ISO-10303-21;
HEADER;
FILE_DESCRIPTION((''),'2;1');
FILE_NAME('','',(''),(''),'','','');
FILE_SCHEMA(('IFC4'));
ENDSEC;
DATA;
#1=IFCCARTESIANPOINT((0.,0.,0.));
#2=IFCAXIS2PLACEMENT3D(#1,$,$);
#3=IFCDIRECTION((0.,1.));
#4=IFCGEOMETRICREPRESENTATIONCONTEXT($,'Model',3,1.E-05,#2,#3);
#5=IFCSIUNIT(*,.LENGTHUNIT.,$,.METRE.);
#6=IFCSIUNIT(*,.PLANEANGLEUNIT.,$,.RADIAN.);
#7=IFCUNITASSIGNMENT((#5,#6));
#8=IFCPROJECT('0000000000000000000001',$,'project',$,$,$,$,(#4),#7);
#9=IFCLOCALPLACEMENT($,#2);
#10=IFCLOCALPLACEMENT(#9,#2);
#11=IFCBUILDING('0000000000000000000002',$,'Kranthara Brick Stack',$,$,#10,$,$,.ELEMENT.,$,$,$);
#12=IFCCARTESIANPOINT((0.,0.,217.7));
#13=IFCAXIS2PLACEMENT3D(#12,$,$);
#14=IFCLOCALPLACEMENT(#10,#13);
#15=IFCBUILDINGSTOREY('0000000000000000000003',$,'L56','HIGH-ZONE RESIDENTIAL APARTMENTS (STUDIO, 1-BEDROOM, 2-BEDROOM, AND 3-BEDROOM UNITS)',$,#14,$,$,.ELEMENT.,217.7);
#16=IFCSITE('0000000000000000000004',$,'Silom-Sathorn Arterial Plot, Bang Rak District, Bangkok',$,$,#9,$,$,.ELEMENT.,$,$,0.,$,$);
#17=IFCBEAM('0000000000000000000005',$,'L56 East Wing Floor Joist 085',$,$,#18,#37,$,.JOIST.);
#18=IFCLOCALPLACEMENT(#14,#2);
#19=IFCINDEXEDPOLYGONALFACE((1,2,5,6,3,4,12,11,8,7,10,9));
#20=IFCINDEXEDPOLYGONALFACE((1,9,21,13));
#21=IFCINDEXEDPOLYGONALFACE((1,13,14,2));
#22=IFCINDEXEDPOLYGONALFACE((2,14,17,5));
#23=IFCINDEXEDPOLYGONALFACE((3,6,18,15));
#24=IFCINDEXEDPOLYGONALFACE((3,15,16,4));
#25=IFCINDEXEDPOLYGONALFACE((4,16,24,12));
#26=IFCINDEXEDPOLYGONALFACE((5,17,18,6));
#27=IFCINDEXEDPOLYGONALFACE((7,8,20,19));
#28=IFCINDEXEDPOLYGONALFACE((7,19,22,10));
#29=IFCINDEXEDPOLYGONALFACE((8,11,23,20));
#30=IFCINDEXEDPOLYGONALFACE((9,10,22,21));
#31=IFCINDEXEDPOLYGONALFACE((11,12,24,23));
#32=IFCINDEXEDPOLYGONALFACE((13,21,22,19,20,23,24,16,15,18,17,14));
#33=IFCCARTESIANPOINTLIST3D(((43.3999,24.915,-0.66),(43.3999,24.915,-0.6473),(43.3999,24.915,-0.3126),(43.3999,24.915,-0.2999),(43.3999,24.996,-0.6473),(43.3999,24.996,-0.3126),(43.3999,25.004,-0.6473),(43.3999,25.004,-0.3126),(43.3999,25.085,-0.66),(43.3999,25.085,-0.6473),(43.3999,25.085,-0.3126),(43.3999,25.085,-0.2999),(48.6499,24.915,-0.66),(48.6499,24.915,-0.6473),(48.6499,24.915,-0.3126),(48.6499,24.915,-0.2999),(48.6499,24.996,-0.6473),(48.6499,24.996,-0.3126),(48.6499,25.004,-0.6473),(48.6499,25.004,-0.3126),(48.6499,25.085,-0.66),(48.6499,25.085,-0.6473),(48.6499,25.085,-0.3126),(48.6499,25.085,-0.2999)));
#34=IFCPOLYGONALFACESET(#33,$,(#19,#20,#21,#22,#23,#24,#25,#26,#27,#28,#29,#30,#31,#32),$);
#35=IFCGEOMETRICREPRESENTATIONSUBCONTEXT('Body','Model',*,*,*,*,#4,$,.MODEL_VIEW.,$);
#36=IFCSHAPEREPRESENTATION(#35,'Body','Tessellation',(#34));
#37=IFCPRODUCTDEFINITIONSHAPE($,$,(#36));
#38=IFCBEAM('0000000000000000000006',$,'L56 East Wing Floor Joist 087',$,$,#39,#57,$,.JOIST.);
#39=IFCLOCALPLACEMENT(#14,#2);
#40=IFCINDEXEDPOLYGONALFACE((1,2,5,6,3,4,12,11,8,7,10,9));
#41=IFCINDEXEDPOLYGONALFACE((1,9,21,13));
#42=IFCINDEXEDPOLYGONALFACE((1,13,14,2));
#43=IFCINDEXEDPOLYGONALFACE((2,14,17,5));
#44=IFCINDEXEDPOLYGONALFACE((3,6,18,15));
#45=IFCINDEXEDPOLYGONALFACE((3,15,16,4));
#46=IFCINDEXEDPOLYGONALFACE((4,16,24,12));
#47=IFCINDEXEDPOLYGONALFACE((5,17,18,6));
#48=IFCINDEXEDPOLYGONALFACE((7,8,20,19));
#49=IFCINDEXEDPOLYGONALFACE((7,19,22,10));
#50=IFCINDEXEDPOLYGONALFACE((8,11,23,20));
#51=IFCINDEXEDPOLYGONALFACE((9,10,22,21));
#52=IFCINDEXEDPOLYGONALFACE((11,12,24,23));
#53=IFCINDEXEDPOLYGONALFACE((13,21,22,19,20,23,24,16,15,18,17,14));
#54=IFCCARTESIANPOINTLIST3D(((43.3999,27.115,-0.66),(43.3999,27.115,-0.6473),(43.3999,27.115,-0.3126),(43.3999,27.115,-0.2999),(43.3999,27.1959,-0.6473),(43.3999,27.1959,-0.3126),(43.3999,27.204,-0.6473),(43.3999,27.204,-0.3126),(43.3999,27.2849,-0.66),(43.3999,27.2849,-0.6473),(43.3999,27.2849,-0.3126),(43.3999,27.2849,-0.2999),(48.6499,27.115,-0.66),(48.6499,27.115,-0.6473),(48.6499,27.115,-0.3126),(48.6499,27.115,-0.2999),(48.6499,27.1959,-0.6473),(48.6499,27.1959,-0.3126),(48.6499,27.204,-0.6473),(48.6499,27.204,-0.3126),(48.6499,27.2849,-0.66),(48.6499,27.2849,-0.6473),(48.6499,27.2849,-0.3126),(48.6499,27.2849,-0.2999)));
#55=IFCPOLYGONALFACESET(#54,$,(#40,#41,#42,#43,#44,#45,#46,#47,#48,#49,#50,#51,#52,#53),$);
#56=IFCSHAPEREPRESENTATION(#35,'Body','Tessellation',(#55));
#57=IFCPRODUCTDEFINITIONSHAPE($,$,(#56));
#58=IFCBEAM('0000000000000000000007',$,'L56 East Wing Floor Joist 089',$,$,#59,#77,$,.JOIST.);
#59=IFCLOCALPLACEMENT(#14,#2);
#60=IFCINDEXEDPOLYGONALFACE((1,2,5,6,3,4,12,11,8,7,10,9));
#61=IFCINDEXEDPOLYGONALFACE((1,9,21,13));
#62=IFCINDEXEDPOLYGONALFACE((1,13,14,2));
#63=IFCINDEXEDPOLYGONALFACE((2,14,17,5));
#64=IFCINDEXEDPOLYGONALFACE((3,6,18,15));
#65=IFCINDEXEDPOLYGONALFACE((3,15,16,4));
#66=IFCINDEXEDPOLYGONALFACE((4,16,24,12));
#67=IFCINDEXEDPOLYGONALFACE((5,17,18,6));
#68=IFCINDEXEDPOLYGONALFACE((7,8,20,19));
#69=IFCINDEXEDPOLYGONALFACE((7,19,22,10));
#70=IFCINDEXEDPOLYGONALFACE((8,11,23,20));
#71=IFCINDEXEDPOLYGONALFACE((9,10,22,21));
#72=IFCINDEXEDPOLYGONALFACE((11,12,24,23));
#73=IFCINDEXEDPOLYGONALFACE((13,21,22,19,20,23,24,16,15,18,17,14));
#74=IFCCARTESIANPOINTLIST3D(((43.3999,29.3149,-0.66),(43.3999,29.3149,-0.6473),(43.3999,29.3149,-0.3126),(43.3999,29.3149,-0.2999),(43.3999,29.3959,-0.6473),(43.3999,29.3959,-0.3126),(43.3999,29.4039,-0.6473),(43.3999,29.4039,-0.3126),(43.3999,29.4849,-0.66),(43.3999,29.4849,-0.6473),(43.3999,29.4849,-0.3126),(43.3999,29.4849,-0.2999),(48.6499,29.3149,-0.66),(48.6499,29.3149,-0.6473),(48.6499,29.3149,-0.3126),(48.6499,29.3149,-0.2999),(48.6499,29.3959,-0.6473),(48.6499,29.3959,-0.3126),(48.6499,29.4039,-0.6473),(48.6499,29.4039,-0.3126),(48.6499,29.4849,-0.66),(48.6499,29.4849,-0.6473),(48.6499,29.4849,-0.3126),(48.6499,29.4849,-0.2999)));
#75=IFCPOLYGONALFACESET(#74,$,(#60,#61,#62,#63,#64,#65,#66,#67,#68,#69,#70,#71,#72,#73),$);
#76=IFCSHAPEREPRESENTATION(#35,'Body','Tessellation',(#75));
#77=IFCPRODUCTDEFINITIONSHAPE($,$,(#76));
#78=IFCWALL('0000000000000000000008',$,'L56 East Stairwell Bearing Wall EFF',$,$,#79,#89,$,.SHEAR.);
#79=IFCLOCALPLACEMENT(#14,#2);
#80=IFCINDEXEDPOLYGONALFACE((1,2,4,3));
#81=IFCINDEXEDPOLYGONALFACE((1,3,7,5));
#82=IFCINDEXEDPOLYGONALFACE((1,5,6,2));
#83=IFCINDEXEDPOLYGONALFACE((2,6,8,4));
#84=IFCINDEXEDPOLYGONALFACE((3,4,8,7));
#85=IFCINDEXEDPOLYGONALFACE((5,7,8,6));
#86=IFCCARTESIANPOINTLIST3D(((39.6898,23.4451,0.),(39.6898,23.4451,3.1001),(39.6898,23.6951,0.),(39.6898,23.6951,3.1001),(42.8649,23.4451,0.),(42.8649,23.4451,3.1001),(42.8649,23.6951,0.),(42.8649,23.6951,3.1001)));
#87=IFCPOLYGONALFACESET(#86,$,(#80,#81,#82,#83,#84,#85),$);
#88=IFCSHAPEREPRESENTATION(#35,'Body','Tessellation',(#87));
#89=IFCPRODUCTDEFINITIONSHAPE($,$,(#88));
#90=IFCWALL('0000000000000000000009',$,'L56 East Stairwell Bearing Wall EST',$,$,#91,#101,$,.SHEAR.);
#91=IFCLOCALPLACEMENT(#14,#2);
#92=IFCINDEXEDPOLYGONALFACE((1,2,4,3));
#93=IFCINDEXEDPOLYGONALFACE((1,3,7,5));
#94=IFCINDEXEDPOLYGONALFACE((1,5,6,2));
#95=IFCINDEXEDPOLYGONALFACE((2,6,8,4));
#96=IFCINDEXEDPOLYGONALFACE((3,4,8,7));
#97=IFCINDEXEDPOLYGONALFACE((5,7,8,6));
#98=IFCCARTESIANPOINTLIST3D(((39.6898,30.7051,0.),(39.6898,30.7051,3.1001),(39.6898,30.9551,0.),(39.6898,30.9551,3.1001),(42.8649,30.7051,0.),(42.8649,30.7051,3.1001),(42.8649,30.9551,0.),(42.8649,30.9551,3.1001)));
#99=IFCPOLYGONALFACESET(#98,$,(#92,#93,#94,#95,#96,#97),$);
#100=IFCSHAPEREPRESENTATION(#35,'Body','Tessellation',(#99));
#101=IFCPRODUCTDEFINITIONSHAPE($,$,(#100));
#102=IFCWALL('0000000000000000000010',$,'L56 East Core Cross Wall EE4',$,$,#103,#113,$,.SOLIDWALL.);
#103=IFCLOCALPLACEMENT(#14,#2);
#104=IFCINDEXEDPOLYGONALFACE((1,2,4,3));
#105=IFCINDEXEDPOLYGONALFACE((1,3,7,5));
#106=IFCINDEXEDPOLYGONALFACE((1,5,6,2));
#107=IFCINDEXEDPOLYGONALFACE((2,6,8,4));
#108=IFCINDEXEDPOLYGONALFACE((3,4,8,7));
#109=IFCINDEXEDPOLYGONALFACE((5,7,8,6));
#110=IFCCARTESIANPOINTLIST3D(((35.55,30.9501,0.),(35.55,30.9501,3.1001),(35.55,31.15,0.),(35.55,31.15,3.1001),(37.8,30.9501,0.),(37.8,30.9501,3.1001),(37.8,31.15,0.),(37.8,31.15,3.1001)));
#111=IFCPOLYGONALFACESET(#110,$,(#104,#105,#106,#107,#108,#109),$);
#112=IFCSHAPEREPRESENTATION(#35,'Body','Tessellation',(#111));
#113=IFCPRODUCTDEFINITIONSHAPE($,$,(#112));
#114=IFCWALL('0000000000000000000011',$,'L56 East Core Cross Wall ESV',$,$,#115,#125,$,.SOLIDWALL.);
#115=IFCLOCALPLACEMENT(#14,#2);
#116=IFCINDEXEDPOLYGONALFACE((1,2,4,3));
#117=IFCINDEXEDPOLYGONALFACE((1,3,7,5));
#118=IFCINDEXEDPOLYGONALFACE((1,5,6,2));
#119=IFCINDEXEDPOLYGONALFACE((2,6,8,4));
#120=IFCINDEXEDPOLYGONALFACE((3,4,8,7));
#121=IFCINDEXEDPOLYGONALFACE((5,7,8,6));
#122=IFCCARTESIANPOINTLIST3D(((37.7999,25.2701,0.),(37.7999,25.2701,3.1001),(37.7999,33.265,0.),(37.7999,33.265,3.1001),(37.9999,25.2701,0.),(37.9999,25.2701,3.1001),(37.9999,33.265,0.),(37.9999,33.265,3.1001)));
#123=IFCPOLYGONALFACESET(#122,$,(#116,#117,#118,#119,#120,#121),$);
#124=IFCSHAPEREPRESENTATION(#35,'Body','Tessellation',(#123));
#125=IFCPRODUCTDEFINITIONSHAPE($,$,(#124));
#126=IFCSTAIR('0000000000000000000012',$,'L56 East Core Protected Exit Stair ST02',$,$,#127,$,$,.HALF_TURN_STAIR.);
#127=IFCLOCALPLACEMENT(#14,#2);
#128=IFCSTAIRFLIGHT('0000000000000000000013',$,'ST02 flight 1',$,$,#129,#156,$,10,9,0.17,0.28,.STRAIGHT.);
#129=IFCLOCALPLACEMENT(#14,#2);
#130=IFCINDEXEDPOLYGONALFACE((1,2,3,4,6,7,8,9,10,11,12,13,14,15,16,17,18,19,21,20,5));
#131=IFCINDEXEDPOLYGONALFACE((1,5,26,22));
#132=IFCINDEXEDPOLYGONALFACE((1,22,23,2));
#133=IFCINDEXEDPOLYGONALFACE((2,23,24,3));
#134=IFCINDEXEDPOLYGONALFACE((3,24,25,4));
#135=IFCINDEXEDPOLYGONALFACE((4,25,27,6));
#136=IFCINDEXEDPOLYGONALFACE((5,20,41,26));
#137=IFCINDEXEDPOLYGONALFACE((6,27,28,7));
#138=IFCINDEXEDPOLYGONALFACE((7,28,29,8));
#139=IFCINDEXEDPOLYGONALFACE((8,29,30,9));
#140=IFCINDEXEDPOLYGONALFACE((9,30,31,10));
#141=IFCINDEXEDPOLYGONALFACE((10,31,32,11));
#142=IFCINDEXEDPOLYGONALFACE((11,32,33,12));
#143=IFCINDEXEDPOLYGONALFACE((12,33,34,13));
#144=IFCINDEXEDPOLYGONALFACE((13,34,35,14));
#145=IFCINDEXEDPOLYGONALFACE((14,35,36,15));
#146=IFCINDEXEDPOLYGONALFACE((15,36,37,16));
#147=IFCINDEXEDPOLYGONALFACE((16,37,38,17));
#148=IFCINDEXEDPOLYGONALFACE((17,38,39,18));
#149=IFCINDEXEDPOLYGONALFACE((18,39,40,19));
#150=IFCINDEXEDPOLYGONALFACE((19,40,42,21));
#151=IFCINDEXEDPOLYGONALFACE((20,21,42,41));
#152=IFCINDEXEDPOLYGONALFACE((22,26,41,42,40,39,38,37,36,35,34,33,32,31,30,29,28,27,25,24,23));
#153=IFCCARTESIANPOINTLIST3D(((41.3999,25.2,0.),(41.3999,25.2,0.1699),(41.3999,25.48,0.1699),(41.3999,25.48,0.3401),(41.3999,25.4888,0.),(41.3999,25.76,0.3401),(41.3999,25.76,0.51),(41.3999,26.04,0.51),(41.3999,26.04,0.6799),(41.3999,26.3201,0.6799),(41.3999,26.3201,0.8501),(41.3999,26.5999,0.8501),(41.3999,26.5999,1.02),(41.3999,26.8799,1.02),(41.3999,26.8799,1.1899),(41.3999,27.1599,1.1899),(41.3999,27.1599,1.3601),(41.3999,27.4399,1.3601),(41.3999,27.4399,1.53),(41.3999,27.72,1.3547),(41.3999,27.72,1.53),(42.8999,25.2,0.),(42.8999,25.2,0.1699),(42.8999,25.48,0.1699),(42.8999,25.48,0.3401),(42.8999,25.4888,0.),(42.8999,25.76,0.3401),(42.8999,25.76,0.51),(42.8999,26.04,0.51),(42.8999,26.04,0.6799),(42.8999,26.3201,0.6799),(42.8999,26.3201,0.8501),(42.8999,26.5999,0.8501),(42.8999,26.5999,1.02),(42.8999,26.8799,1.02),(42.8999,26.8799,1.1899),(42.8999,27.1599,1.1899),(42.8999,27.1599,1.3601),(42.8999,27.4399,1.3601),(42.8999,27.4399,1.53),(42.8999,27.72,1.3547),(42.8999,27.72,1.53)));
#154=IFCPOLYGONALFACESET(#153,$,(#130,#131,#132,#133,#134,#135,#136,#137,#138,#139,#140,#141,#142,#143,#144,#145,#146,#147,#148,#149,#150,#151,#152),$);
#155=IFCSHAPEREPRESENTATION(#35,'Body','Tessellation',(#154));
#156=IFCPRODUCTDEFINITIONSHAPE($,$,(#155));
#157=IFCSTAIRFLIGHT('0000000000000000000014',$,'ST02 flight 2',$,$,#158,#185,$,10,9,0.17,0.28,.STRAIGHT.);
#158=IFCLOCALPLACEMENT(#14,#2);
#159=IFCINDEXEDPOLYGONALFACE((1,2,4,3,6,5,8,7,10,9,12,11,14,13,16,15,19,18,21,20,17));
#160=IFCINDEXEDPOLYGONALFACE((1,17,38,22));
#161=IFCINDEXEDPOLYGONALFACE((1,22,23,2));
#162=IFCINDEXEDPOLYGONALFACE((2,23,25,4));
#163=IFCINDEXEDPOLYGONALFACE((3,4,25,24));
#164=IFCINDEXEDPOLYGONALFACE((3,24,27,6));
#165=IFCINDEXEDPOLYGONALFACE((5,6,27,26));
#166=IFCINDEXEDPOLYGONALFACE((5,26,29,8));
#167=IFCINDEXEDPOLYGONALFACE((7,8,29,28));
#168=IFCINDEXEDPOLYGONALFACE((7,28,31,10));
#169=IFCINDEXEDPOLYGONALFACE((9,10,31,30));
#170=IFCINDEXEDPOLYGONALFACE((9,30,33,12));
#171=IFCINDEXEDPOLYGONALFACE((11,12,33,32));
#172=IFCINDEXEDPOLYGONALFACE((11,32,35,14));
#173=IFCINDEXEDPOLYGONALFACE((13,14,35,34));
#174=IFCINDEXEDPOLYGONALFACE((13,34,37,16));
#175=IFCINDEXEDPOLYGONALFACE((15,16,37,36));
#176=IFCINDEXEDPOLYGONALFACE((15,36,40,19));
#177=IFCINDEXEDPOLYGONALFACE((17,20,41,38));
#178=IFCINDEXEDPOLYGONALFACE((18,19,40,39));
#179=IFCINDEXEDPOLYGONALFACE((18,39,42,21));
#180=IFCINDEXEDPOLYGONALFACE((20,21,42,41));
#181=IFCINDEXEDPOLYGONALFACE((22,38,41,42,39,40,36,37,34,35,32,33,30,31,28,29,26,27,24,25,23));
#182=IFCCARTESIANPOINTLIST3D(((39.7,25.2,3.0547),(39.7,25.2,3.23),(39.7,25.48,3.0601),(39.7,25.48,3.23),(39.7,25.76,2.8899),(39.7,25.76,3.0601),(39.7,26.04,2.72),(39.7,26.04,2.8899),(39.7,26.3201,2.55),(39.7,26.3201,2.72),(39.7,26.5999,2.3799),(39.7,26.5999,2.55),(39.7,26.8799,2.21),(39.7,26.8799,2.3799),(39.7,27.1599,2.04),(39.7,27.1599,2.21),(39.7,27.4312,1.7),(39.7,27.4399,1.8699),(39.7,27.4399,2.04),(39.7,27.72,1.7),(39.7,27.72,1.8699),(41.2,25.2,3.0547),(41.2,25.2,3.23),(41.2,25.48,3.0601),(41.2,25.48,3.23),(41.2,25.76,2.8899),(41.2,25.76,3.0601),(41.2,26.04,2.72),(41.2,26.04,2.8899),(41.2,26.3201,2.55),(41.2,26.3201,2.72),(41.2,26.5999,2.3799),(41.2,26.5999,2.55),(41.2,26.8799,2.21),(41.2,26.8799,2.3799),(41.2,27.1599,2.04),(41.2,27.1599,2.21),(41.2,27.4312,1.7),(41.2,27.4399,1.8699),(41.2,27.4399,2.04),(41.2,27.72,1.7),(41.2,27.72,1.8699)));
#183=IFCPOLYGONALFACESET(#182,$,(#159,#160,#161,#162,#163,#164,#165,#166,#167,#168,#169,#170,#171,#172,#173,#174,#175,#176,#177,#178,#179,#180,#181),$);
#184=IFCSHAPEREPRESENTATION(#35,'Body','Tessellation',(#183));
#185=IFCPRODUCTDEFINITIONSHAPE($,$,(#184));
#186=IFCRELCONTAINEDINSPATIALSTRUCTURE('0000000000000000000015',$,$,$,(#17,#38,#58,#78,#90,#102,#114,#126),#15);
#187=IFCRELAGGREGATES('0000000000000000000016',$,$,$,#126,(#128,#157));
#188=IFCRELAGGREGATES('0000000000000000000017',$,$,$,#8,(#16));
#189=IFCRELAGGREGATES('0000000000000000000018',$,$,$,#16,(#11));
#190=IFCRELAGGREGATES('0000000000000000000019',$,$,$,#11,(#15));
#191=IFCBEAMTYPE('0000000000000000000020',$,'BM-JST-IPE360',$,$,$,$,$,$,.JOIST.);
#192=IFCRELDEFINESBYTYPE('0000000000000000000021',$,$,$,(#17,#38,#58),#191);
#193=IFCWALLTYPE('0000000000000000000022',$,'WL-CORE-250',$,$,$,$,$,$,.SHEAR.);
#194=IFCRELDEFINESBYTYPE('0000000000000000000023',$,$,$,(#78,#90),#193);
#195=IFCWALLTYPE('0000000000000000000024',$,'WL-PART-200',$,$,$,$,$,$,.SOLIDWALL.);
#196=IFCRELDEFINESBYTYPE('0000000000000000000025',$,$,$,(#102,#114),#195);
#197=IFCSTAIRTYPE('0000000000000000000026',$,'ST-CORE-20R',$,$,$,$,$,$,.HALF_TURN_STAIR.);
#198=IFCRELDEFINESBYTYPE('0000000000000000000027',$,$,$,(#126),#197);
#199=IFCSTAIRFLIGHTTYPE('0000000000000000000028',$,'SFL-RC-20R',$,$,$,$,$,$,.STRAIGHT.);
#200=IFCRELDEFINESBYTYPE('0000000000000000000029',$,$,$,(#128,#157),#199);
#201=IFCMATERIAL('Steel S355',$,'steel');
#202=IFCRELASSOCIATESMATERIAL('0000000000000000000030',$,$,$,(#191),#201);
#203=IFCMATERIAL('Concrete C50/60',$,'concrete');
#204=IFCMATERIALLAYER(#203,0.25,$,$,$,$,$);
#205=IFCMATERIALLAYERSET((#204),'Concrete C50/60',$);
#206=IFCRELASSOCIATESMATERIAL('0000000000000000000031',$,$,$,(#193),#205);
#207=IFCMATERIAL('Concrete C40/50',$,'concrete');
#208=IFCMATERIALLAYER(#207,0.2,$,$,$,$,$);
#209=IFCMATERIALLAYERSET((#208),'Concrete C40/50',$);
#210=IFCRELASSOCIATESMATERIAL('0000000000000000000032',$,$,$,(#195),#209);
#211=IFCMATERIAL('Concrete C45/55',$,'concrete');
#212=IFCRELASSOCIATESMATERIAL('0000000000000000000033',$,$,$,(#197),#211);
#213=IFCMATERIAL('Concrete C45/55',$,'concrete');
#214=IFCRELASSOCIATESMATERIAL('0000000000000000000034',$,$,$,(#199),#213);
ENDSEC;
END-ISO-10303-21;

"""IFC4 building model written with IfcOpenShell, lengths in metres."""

from ifc_helpers import new_model, si_unit, direction, frame, frame_2d, origin, origin_2d, place, context, subcontext, project, spatial, polyline, rectangle, i_section, outline, extrude, material, layer, layer_set, material_profile, profile_set, type_object, element, aggregate, save


model = new_model("IFC4")

# Units and contexts
model_context = context("Model", 3, precision=1e-05, world=origin(), true_north=direction((0.0, 1.0)))
body_context = subcontext(model_context, "Body", "Model", "MODEL_VIEW")
ifc_project = project(units=[si_unit("LENGTHUNIT", "METRE"), si_unit("PLANEANGLEUNIT", "RADIAN")], contexts=[model_context])

# Site, building, storey
site_placement = place(None, origin())
site = spatial("IfcSite", under=ifc_project, at=site_placement, Name="Silom-Sathorn Arterial Plot, Bang Rak District, Bangkok", CompositionType="ELEMENT", RefElevation=0.0)
building_placement = place(site_placement, origin())
building = spatial("IfcBuilding", under=site, at=building_placement, Name="Kranthara Brick Stack", CompositionType="ELEMENT")
storey_placement = place(building_placement, frame((0.0, 0.0, 217.7)))
storey = spatial("IfcBuildingStorey", under=building, at=storey_placement, Name="L56", Description="HIGH-ZONE RESIDENTIAL APARTMENTS (STUDIO, 1-BEDROOM, 2-BEDROOM, AND 3-BEDROOM UNITS)", CompositionType="ELEMENT", Elevation=217.7)

# Beams
ifc_material_1 = material(Name="Steel S355", Category="steel")
ifc_material_profile = material_profile(ifc_material_1, i_section(OverallWidth=0.1699, OverallDepth=0.3601, WebThickness=0.0081, FlangeThickness=0.0127, at=origin_2d()), Name="IPE 360")
ifc_profile_set = profile_set([ifc_material_profile], Name="Steel S355")
beam_type = type_object("IfcBeamType", Name="BM-JST-IPE360", PredefinedType="JOIST", material=ifc_profile_set)
for number, where, z_axis, x_axis, name in (
    (1, (43.3999, 25.0, -0.48), (1.0, 0.0, 0.0), (0.0, 1.0, 0.0), "L56 East Wing Floor Joist 085"),
    (2, (43.3999, 27.2, -0.48), (1.0, 0.0, 0.0), (0.0, 1.0, 0.0), "L56 East Wing Floor Joist 087"),
    (3, (43.3999, 29.3999, -0.48), (1.0, 0.0, 0.0), (0.0, 1.0, 0.0), "L56 East Wing Floor Joist 089"),
):
    element("IfcBeam", number, at=place(storey_placement, frame(where, z_axis=z_axis, x_axis=x_axis)), inside=storey, type_object=beam_type, Name=name, PredefinedType="JOIST", context=body_context, shape_type="SweptSolid", body=[
        extrude(i_section(OverallWidth=0.1699, OverallDepth=0.3601, WebThickness=0.0081, FlangeThickness=0.0127, at=origin_2d()), origin(), (0.0, 0.0, 1.0), 5.25),
    ])

# Walls
ifc_material_2 = material(Name="Concrete C50/60", Category="concrete")
ifc_layer_1 = layer(ifc_material_2, 0.25)
ifc_layer_set_1 = layer_set([ifc_layer_1], Name="Concrete C50/60")
wall_type_1 = type_object("IfcWallType", Name="WL-CORE-250", PredefinedType="SHEAR", material=ifc_layer_set_1)
for number, where, z_axis, x_axis, name in (
    (4, (39.6899, 23.5701, 0.0), (0.0, 0.0, 1.0), (1.0, 0.0, 0.0), "L56 East Stairwell Bearing Wall EFF"),
    (5, (39.6899, 30.8301, 0.0), (0.0, 0.0, 1.0), (1.0, 0.0, 0.0), "L56 East Stairwell Bearing Wall EST"),
):
    element("IfcWall", number, at=place(storey_placement, frame(where, z_axis=z_axis, x_axis=x_axis)), inside=storey, type_object=wall_type_1, Name=name, PredefinedType="SHEAR", context=body_context, shape_type="SweptSolid", body=[
        extrude(rectangle(XDim=3.175, YDim=0.25, at=frame_2d((1.5874, 0.0))), origin(), (0.0, 0.0, 1.0), 3.1001),
    ])
ifc_material_3 = material(Name="Concrete C40/50", Category="concrete")
ifc_layer_2 = layer(ifc_material_3, 0.2)
ifc_layer_set_2 = layer_set([ifc_layer_2], Name="Concrete C40/50")
wall_type_2 = type_object("IfcWallType", Name="WL-PART-200", PredefinedType="SOLIDWALL", material=ifc_layer_set_2)
wall_1_placement = place(storey_placement, frame((35.55, 31.05, 0.0), z_axis=(0.0, 0.0, 1.0), x_axis=(1.0, 0.0, 0.0)))
element("IfcWall", 6, at=wall_1_placement, inside=storey, type_object=wall_type_2, Name="L56 East Core Cross Wall EE4", PredefinedType="SOLIDWALL", context=body_context, shape_type="SweptSolid", body=[
    extrude(rectangle(XDim=2.25, YDim=0.2, at=frame_2d((1.125, 0.0))), origin(), (0.0, 0.0, 1.0), 3.1001),
])
wall_2_placement = place(storey_placement, frame((37.8999, 25.27, 0.0), z_axis=(0.0, 0.0, 1.0), x_axis=(0.0, 1.0, 0.0)))
element("IfcWall", 7, at=wall_2_placement, inside=storey, type_object=wall_type_2, Name="L56 East Core Cross Wall ESV", PredefinedType="SOLIDWALL", context=body_context, shape_type="SweptSolid", body=[
    extrude(rectangle(XDim=7.9949, YDim=0.2, at=frame_2d((3.9976, 0.0))), origin(), (0.0, 0.0, 1.0), 3.1001),
])

# Stair, stair flights
ifc_material_4 = material(Name="Concrete C45/55", Category="concrete")
stair_type = type_object("IfcStairType", Name="ST-CORE-20R", PredefinedType="HALF_TURN_STAIR", material=ifc_material_4)
stair_placement = place(storey_placement, origin())
stair = element("IfcStair", 8, at=stair_placement, inside=storey, type_object=stair_type, Name="L56 East Core Protected Exit Stair ST02", PredefinedType="HALF_TURN_STAIR")
ifc_material_5 = material(Name="Concrete C45/55", Category="concrete")
stair_flight_type = type_object("IfcStairFlightType", Name="SFL-RC-20R", PredefinedType="STRAIGHT", material=ifc_material_5)
stair_flight_1_placement = place(storey_placement, frame((42.1499, 25.2, 0.0), z_axis=(0.0, 0.0, 1.0), x_axis=(0.0, 1.0, 0.0)))
stair_flight_1 = element("IfcStairFlight", 9, at=stair_flight_1_placement, type_object=stair_flight_type, Name="ST02 flight 1", NumberOfRisers=10, NumberOfTreads=9, PredefinedType="STRAIGHT", RiserHeight=0.17, TreadLength=0.28, context=body_context, shape_type="SweptSolid", body=[
    extrude(outline(polyline([(0.0, 0.0), (0.0, 0.1699), (0.28, 0.1699), (0.28, 0.3401), (0.5601, 0.3401), (0.5601, 0.51), (0.8401, 0.51), (0.8401, 0.6799), (1.1201, 0.6799), (1.1201, 0.8501), (1.3999, 0.8501), (1.3999, 1.02), (1.6799, 1.02), (1.6799, 1.1899), (1.96, 1.1899), (1.96, 1.3601), (2.24, 1.3601), (2.24, 1.53), (2.52, 1.53), (2.52, 1.7), (2.52, 1.3547), (0.2888, 0.0), (0.0, 0.0)])), frame((0.0, 0.75, 0.0), z_axis=(0.0, -1.0, 0.0), x_axis=(1.0, 0.0, 0.0)), (0.0, 0.0, 1.0), 1.5),
])
stair_flight_2_placement = place(storey_placement, frame((40.45, 27.72, 1.7), z_axis=(0.0, 0.0, 1.0), x_axis=(0.0, -1.0, 0.0)))
stair_flight_2 = element("IfcStairFlight", 10, at=stair_flight_2_placement, type_object=stair_flight_type, Name="ST02 flight 2", NumberOfRisers=10, NumberOfTreads=9, PredefinedType="STRAIGHT", RiserHeight=0.17, TreadLength=0.28, context=body_context, shape_type="SweptSolid", body=[
    extrude(outline(polyline([(0.0, 0.0), (0.0, 0.1699), (0.28, 0.1699), (0.28, 0.3401), (0.5601, 0.3401), (0.5601, 0.51), (0.8401, 0.51), (0.8401, 0.6799), (1.1201, 0.6799), (1.1201, 0.8501), (1.3999, 0.8501), (1.3999, 1.02), (1.6799, 1.02), (1.6799, 1.1899), (1.96, 1.1899), (1.96, 1.3601), (2.24, 1.3601), (2.24, 1.53), (2.52, 1.53), (2.52, 1.7), (2.52, 1.3547), (0.2888, 0.0), (0.0, 0.0)])), frame((0.0, 0.75, 0.0), z_axis=(0.0, -1.0, 0.0), x_axis=(1.0, 0.0, 0.0)), (0.0, 0.0, 1.0), 1.5),
])
aggregate(stair, [stair_flight_1, stair_flight_2])

save(model, "model.ifc")
